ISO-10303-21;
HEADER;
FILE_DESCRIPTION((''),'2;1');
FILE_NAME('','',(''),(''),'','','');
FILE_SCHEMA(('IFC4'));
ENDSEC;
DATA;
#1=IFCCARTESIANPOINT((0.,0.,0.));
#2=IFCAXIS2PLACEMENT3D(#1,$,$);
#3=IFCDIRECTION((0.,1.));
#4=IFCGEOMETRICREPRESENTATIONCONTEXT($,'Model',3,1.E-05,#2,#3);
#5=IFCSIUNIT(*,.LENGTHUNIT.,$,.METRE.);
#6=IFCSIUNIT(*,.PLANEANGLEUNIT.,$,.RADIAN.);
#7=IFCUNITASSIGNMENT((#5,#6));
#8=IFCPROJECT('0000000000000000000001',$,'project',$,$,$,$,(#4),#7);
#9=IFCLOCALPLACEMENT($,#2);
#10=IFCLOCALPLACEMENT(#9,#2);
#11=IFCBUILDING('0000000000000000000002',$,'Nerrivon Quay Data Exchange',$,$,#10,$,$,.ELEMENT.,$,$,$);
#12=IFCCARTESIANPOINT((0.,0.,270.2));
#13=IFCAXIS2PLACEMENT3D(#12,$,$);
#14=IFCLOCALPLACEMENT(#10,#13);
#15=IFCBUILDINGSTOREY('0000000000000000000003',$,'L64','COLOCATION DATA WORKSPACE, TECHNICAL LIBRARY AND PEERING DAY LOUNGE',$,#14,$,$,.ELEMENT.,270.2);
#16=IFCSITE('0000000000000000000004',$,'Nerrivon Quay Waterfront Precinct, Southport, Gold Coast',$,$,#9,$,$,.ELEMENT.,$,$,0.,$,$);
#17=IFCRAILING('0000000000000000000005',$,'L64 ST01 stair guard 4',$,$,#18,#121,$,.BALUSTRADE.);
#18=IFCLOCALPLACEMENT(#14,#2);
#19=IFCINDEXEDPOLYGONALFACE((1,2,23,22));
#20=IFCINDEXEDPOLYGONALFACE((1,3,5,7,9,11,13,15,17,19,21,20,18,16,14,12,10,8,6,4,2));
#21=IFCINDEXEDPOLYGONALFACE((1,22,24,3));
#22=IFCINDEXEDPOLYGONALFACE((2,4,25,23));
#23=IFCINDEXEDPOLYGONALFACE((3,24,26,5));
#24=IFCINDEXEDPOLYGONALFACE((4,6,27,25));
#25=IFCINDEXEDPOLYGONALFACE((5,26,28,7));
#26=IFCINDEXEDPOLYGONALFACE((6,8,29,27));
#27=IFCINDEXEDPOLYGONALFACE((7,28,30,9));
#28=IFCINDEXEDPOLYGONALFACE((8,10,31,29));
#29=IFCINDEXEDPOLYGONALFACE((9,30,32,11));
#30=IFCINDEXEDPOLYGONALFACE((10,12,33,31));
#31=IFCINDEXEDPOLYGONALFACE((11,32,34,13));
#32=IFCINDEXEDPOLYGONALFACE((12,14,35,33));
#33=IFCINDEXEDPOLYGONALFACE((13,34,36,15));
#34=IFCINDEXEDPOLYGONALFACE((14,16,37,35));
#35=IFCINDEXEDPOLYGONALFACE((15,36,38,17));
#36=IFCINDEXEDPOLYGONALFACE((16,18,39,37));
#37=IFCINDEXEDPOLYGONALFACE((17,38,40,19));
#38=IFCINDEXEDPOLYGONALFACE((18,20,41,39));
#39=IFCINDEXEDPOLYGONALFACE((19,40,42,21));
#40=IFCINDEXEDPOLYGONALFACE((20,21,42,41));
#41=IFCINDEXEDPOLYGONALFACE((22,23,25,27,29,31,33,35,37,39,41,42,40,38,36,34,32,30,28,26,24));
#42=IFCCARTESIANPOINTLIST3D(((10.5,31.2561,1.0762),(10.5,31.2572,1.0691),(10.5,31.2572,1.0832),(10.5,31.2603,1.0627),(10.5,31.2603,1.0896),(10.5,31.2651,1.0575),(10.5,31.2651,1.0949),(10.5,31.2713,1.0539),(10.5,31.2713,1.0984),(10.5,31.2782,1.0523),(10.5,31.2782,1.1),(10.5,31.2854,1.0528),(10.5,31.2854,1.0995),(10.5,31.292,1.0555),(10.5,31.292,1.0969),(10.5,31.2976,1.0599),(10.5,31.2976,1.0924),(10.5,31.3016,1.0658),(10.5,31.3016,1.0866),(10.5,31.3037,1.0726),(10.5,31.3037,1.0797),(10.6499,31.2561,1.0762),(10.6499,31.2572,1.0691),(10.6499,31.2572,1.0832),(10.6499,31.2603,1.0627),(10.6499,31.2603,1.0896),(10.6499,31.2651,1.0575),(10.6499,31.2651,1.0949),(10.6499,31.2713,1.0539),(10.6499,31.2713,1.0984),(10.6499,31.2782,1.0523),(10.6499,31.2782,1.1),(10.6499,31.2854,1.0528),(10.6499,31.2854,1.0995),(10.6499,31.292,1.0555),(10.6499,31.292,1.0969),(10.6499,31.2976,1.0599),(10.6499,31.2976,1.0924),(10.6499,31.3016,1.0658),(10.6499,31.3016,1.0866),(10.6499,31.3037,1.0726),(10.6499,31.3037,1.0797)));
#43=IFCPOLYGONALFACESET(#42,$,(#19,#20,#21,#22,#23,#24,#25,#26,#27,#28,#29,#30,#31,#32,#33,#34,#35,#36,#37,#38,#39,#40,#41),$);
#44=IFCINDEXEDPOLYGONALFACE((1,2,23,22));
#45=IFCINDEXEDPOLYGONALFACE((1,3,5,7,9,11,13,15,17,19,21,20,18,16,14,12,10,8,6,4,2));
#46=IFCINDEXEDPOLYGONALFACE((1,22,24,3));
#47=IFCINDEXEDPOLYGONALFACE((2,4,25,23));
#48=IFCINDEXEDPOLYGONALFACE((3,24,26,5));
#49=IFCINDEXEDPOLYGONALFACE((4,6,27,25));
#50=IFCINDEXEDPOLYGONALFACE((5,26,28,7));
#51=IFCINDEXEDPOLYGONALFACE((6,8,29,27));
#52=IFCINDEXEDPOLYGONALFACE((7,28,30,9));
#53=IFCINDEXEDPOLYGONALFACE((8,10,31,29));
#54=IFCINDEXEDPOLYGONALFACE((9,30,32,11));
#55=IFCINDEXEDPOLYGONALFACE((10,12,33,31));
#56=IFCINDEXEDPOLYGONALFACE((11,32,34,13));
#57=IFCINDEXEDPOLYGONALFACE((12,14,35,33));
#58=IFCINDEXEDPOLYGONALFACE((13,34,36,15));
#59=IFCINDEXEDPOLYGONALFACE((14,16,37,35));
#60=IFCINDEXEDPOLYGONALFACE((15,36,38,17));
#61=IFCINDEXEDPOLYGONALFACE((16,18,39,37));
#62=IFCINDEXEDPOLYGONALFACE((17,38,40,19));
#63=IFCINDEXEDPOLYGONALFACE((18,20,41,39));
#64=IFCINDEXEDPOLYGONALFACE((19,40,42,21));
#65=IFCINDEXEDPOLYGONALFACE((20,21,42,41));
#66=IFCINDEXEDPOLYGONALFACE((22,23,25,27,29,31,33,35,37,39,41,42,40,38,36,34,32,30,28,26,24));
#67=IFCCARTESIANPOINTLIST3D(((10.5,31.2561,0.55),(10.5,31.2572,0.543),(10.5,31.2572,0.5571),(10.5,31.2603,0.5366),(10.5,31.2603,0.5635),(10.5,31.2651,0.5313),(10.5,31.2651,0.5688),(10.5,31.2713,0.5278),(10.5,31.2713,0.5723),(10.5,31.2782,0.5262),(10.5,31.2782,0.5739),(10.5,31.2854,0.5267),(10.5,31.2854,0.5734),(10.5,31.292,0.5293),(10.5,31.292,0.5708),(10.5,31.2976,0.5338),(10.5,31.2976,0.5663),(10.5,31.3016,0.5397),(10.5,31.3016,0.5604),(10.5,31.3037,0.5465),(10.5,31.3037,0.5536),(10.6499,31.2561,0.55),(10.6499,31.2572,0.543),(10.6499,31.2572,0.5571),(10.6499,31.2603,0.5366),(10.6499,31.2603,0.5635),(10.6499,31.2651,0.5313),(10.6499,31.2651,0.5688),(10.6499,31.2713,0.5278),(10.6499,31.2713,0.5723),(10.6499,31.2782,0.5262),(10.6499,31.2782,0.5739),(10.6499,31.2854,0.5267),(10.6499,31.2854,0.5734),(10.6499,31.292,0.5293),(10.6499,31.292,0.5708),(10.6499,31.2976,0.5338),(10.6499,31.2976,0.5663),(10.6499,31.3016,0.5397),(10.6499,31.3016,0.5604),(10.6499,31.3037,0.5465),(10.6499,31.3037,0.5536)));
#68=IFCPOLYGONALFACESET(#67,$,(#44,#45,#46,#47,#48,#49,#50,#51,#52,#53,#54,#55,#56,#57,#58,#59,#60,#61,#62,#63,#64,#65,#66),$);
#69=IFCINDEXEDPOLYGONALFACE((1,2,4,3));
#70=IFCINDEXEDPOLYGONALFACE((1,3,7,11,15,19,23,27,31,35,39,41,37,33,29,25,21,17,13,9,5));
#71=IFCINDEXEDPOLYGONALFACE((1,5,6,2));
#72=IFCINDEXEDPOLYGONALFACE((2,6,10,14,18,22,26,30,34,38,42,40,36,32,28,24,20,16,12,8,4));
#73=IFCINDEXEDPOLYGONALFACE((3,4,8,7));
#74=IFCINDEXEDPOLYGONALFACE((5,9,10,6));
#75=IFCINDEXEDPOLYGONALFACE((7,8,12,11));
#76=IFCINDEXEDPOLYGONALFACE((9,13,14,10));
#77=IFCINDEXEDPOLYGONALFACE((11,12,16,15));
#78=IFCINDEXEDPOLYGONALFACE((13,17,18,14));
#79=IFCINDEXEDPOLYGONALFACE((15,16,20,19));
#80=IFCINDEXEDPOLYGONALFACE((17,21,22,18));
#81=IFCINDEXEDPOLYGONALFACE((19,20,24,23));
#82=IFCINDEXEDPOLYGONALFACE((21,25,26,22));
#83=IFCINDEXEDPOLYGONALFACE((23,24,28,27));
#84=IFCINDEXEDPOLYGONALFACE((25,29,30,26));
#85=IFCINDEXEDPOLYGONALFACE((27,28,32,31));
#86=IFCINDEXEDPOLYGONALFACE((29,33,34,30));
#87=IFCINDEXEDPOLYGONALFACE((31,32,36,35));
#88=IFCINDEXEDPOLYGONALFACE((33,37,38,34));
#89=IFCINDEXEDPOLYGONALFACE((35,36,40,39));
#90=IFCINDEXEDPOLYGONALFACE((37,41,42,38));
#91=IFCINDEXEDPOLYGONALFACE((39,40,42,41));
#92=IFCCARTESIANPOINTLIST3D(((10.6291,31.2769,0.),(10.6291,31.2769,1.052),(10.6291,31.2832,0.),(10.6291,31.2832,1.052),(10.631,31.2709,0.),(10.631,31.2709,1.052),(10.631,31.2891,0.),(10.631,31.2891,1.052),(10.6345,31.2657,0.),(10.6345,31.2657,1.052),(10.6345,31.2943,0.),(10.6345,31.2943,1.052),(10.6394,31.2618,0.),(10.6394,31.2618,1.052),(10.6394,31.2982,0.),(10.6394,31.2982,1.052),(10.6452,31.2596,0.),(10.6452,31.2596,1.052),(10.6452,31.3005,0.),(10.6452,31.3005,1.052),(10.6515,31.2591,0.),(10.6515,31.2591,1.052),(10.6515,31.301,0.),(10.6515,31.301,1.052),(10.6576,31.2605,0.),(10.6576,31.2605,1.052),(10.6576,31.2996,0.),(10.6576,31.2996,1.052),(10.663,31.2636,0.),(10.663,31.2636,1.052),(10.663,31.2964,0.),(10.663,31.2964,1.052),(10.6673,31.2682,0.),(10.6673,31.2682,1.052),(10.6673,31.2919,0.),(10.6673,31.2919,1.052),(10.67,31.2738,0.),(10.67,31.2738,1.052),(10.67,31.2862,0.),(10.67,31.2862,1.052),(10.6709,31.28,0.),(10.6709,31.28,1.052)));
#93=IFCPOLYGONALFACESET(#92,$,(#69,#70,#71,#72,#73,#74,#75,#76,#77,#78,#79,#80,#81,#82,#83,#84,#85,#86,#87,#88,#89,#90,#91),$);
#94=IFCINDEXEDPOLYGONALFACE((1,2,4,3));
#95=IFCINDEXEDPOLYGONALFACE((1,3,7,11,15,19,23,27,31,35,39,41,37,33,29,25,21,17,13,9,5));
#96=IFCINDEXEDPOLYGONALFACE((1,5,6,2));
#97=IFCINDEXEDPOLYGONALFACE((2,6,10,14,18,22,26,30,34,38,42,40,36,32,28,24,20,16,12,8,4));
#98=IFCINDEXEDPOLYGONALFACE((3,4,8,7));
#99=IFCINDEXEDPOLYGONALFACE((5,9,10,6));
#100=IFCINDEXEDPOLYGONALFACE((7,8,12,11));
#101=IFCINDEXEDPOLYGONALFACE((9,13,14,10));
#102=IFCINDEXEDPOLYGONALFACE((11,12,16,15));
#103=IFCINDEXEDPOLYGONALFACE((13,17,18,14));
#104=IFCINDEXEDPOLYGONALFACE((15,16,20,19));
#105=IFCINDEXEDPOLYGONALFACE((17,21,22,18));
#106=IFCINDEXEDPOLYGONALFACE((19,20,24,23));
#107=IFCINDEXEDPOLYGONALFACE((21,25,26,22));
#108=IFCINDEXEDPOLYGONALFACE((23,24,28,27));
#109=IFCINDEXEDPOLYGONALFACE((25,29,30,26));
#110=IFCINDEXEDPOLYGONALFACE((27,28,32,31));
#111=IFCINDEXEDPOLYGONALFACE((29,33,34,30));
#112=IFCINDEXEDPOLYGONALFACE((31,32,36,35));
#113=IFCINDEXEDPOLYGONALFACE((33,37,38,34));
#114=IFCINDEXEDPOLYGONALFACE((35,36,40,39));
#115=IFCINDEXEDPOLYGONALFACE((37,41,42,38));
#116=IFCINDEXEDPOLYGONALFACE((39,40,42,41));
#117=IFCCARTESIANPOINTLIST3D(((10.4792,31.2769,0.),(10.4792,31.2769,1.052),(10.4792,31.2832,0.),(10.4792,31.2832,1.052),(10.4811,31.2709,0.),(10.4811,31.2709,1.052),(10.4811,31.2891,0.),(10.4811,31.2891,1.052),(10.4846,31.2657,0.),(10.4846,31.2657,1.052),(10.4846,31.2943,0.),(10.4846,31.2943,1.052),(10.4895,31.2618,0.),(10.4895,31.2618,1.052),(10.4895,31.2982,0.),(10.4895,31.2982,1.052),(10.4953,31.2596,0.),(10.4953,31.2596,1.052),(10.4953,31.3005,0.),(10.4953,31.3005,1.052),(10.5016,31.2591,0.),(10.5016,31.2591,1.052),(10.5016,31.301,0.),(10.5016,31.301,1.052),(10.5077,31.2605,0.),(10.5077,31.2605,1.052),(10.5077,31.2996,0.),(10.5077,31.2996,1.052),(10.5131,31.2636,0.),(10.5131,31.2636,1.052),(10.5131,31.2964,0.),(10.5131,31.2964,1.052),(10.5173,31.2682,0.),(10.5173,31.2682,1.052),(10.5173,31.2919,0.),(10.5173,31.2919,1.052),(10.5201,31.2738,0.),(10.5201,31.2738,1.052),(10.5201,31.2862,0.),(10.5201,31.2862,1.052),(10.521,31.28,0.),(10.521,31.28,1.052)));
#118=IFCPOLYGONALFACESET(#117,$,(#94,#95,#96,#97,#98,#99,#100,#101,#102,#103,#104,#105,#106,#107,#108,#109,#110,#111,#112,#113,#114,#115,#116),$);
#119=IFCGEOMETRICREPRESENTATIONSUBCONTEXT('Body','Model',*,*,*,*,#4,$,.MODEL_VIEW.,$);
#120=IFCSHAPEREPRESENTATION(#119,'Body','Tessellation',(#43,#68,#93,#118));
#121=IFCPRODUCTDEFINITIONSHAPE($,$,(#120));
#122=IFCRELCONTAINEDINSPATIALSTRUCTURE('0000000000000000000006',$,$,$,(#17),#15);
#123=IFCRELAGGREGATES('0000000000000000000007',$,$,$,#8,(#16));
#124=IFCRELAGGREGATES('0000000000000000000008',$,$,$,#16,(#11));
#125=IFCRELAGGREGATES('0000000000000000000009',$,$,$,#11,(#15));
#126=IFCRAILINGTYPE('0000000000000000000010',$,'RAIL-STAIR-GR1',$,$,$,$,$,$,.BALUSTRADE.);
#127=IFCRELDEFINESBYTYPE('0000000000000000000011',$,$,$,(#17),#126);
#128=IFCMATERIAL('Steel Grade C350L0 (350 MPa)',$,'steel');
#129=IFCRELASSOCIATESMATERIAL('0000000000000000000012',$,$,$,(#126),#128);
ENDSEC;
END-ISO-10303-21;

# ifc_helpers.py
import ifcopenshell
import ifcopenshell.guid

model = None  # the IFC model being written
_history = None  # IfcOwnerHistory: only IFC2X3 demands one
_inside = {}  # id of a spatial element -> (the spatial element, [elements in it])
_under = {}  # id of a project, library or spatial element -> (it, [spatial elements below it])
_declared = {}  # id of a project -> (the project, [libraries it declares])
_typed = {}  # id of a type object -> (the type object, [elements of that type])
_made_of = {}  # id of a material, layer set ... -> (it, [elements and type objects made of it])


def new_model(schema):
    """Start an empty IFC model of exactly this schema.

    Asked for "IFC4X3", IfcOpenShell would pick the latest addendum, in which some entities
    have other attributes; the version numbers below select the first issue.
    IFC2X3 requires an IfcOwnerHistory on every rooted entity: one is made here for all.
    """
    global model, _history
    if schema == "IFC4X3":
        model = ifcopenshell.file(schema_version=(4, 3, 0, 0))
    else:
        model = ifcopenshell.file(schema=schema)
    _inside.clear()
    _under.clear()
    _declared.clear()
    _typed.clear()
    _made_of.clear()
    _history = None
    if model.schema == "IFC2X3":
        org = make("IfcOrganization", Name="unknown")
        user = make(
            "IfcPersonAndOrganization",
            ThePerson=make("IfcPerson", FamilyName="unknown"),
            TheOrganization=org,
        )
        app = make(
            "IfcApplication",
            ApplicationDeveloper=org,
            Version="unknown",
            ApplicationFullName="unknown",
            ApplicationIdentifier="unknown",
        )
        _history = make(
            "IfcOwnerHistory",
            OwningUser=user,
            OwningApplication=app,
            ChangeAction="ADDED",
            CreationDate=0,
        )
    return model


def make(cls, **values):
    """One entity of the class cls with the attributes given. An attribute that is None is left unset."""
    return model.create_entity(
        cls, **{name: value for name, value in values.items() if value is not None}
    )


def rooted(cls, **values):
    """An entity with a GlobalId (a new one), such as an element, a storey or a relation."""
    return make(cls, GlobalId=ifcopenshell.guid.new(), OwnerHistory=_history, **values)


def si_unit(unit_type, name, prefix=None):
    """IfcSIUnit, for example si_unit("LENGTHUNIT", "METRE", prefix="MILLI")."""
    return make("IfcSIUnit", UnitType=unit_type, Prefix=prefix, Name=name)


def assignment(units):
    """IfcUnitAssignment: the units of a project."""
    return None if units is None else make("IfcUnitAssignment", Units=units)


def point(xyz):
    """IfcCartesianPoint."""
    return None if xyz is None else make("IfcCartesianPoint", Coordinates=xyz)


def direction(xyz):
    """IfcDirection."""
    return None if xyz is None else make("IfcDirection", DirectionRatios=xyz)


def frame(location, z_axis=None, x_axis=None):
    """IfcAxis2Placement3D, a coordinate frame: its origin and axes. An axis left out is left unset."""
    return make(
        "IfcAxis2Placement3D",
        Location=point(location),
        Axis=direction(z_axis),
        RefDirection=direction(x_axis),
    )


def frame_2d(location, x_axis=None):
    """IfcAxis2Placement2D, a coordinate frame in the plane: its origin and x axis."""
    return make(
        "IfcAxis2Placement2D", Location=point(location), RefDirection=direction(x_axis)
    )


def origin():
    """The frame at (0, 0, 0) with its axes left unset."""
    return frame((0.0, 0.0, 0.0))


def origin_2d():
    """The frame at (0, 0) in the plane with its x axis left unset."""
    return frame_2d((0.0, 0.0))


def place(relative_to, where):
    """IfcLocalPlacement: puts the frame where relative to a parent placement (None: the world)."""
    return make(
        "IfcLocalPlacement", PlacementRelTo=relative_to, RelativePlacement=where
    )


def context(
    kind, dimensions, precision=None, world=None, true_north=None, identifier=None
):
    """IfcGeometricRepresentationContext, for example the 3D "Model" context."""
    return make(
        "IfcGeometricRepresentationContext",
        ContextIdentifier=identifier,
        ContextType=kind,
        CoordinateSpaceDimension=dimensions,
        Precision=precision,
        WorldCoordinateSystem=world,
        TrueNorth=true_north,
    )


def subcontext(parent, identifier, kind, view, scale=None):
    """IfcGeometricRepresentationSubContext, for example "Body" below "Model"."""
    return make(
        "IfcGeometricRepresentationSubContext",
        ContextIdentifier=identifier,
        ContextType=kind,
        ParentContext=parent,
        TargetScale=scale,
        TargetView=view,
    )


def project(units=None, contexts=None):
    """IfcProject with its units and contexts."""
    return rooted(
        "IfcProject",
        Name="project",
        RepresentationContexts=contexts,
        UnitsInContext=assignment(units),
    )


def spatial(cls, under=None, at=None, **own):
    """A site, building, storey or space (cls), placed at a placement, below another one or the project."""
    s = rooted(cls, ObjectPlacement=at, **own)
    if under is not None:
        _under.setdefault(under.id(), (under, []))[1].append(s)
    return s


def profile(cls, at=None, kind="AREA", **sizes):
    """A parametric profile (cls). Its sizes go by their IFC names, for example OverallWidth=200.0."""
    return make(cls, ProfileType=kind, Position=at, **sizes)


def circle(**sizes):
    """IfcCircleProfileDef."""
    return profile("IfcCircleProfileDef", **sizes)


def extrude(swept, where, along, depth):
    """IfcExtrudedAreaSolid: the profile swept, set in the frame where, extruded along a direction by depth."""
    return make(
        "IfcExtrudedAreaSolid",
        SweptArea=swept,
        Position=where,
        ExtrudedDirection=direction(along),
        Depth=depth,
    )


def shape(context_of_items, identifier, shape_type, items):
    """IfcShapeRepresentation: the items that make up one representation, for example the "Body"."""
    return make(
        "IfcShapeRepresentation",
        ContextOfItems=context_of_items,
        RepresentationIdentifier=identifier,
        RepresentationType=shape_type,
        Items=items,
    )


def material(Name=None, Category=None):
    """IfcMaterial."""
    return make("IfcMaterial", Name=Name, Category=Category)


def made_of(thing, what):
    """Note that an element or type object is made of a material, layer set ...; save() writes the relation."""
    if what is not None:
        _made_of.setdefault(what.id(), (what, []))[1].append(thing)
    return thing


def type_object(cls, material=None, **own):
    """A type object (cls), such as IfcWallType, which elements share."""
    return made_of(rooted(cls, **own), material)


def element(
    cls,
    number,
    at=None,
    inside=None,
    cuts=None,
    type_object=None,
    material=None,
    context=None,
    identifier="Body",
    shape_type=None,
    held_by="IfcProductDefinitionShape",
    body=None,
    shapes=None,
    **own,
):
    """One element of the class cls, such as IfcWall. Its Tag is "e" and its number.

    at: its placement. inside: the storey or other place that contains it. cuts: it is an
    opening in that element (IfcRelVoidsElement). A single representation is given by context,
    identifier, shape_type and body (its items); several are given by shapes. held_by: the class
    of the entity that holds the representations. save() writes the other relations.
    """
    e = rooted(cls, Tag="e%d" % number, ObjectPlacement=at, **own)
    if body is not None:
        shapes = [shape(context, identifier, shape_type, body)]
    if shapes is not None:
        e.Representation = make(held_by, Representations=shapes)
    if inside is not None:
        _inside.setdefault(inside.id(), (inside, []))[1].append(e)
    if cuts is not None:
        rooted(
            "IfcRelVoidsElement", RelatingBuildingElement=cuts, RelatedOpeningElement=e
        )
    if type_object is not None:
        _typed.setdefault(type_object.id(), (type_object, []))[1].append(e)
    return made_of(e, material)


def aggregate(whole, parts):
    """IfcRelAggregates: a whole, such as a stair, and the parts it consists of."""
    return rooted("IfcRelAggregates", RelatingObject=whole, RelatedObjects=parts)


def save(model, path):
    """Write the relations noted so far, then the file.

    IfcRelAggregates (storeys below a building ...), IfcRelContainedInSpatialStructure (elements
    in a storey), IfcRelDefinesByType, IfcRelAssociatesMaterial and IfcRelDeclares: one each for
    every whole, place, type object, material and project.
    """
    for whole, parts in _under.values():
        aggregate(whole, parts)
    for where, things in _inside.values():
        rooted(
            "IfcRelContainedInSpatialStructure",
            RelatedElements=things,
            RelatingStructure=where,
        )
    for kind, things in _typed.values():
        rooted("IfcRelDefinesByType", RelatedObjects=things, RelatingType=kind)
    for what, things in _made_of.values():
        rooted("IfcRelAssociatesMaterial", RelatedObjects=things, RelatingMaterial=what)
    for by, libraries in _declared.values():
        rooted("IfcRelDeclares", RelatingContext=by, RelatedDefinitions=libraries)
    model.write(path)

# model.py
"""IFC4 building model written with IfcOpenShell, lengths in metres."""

from ifc_helpers import new_model, si_unit, direction, frame, origin, origin_2d, place, context, subcontext, project, spatial, circle, extrude, material, type_object, element, save


model = new_model("IFC4")

# Units and contexts
model_context = context("Model", 3, precision=1e-05, world=origin(), true_north=direction((0.0, 1.0)))
body_context = subcontext(model_context, "Body", "Model", "MODEL_VIEW")
ifc_project = project(units=[si_unit("LENGTHUNIT", "METRE"), si_unit("PLANEANGLEUNIT", "RADIAN")], contexts=[model_context])

# Site, building, storey
site_placement = place(None, origin())
site = spatial("IfcSite", under=ifc_project, at=site_placement, Name="Nerrivon Quay Waterfront Precinct, Southport, Gold Coast", CompositionType="ELEMENT", RefElevation=0.0)
building_placement = place(site_placement, origin())
building = spatial("IfcBuilding", under=site, at=building_placement, Name="Nerrivon Quay Data Exchange", CompositionType="ELEMENT")
storey_placement = place(building_placement, frame((0.0, 0.0, 270.2)))
storey = spatial("IfcBuildingStorey", under=building, at=storey_placement, Name="L64", Description="COLOCATION DATA WORKSPACE, TECHNICAL LIBRARY AND PEERING DAY LOUNGE", CompositionType="ELEMENT", Elevation=270.2)

# Railing
ifc_material_1 = material(Name="Steel Grade C350L0 (350 MPa)", Category="steel")
railing_type_1 = type_object("IfcRailingType", Name="RAIL-STAIR-GR1", PredefinedType="BALUSTRADE", material=ifc_material_1)
railing_1_placement = place(storey_placement, frame((10.6499, 31.28, 0.0)))
element("IfcRailing", 1, at=railing_1_placement, inside=storey, type_object=railing_type_1, Name="L64 ST01 stair guard 4", PredefinedType="BALUSTRADE", context=body_context, shape_type="SweptSolid", body=[
    extrude(circle(Radius=0.0239, at=origin_2d()), frame((0.0, 0.0, 1.0762), z_axis=(-1.0, 0.0, 0.0), x_axis=(0.0, -1.0, 0.0)), (0.0, 0.0, 1.0), 0.1499),
    extrude(circle(Radius=0.0239, at=origin_2d()), frame((0.0, 0.0, 0.55), z_axis=(-1.0, 0.0, 0.0), x_axis=(0.0, -1.0, 0.0)), (0.0, 0.0, 1.0), 0.1499),
    extrude(circle(Radius=0.021, at=origin_2d()), origin(), (0.0, 0.0, 1.0), 1.052),
    extrude(circle(Radius=0.021, at=origin_2d()), frame((-0.1499, 0.0, 0.0)), (0.0, 0.0, 1.0), 1.052),
])

save(model, "model.ifc")
